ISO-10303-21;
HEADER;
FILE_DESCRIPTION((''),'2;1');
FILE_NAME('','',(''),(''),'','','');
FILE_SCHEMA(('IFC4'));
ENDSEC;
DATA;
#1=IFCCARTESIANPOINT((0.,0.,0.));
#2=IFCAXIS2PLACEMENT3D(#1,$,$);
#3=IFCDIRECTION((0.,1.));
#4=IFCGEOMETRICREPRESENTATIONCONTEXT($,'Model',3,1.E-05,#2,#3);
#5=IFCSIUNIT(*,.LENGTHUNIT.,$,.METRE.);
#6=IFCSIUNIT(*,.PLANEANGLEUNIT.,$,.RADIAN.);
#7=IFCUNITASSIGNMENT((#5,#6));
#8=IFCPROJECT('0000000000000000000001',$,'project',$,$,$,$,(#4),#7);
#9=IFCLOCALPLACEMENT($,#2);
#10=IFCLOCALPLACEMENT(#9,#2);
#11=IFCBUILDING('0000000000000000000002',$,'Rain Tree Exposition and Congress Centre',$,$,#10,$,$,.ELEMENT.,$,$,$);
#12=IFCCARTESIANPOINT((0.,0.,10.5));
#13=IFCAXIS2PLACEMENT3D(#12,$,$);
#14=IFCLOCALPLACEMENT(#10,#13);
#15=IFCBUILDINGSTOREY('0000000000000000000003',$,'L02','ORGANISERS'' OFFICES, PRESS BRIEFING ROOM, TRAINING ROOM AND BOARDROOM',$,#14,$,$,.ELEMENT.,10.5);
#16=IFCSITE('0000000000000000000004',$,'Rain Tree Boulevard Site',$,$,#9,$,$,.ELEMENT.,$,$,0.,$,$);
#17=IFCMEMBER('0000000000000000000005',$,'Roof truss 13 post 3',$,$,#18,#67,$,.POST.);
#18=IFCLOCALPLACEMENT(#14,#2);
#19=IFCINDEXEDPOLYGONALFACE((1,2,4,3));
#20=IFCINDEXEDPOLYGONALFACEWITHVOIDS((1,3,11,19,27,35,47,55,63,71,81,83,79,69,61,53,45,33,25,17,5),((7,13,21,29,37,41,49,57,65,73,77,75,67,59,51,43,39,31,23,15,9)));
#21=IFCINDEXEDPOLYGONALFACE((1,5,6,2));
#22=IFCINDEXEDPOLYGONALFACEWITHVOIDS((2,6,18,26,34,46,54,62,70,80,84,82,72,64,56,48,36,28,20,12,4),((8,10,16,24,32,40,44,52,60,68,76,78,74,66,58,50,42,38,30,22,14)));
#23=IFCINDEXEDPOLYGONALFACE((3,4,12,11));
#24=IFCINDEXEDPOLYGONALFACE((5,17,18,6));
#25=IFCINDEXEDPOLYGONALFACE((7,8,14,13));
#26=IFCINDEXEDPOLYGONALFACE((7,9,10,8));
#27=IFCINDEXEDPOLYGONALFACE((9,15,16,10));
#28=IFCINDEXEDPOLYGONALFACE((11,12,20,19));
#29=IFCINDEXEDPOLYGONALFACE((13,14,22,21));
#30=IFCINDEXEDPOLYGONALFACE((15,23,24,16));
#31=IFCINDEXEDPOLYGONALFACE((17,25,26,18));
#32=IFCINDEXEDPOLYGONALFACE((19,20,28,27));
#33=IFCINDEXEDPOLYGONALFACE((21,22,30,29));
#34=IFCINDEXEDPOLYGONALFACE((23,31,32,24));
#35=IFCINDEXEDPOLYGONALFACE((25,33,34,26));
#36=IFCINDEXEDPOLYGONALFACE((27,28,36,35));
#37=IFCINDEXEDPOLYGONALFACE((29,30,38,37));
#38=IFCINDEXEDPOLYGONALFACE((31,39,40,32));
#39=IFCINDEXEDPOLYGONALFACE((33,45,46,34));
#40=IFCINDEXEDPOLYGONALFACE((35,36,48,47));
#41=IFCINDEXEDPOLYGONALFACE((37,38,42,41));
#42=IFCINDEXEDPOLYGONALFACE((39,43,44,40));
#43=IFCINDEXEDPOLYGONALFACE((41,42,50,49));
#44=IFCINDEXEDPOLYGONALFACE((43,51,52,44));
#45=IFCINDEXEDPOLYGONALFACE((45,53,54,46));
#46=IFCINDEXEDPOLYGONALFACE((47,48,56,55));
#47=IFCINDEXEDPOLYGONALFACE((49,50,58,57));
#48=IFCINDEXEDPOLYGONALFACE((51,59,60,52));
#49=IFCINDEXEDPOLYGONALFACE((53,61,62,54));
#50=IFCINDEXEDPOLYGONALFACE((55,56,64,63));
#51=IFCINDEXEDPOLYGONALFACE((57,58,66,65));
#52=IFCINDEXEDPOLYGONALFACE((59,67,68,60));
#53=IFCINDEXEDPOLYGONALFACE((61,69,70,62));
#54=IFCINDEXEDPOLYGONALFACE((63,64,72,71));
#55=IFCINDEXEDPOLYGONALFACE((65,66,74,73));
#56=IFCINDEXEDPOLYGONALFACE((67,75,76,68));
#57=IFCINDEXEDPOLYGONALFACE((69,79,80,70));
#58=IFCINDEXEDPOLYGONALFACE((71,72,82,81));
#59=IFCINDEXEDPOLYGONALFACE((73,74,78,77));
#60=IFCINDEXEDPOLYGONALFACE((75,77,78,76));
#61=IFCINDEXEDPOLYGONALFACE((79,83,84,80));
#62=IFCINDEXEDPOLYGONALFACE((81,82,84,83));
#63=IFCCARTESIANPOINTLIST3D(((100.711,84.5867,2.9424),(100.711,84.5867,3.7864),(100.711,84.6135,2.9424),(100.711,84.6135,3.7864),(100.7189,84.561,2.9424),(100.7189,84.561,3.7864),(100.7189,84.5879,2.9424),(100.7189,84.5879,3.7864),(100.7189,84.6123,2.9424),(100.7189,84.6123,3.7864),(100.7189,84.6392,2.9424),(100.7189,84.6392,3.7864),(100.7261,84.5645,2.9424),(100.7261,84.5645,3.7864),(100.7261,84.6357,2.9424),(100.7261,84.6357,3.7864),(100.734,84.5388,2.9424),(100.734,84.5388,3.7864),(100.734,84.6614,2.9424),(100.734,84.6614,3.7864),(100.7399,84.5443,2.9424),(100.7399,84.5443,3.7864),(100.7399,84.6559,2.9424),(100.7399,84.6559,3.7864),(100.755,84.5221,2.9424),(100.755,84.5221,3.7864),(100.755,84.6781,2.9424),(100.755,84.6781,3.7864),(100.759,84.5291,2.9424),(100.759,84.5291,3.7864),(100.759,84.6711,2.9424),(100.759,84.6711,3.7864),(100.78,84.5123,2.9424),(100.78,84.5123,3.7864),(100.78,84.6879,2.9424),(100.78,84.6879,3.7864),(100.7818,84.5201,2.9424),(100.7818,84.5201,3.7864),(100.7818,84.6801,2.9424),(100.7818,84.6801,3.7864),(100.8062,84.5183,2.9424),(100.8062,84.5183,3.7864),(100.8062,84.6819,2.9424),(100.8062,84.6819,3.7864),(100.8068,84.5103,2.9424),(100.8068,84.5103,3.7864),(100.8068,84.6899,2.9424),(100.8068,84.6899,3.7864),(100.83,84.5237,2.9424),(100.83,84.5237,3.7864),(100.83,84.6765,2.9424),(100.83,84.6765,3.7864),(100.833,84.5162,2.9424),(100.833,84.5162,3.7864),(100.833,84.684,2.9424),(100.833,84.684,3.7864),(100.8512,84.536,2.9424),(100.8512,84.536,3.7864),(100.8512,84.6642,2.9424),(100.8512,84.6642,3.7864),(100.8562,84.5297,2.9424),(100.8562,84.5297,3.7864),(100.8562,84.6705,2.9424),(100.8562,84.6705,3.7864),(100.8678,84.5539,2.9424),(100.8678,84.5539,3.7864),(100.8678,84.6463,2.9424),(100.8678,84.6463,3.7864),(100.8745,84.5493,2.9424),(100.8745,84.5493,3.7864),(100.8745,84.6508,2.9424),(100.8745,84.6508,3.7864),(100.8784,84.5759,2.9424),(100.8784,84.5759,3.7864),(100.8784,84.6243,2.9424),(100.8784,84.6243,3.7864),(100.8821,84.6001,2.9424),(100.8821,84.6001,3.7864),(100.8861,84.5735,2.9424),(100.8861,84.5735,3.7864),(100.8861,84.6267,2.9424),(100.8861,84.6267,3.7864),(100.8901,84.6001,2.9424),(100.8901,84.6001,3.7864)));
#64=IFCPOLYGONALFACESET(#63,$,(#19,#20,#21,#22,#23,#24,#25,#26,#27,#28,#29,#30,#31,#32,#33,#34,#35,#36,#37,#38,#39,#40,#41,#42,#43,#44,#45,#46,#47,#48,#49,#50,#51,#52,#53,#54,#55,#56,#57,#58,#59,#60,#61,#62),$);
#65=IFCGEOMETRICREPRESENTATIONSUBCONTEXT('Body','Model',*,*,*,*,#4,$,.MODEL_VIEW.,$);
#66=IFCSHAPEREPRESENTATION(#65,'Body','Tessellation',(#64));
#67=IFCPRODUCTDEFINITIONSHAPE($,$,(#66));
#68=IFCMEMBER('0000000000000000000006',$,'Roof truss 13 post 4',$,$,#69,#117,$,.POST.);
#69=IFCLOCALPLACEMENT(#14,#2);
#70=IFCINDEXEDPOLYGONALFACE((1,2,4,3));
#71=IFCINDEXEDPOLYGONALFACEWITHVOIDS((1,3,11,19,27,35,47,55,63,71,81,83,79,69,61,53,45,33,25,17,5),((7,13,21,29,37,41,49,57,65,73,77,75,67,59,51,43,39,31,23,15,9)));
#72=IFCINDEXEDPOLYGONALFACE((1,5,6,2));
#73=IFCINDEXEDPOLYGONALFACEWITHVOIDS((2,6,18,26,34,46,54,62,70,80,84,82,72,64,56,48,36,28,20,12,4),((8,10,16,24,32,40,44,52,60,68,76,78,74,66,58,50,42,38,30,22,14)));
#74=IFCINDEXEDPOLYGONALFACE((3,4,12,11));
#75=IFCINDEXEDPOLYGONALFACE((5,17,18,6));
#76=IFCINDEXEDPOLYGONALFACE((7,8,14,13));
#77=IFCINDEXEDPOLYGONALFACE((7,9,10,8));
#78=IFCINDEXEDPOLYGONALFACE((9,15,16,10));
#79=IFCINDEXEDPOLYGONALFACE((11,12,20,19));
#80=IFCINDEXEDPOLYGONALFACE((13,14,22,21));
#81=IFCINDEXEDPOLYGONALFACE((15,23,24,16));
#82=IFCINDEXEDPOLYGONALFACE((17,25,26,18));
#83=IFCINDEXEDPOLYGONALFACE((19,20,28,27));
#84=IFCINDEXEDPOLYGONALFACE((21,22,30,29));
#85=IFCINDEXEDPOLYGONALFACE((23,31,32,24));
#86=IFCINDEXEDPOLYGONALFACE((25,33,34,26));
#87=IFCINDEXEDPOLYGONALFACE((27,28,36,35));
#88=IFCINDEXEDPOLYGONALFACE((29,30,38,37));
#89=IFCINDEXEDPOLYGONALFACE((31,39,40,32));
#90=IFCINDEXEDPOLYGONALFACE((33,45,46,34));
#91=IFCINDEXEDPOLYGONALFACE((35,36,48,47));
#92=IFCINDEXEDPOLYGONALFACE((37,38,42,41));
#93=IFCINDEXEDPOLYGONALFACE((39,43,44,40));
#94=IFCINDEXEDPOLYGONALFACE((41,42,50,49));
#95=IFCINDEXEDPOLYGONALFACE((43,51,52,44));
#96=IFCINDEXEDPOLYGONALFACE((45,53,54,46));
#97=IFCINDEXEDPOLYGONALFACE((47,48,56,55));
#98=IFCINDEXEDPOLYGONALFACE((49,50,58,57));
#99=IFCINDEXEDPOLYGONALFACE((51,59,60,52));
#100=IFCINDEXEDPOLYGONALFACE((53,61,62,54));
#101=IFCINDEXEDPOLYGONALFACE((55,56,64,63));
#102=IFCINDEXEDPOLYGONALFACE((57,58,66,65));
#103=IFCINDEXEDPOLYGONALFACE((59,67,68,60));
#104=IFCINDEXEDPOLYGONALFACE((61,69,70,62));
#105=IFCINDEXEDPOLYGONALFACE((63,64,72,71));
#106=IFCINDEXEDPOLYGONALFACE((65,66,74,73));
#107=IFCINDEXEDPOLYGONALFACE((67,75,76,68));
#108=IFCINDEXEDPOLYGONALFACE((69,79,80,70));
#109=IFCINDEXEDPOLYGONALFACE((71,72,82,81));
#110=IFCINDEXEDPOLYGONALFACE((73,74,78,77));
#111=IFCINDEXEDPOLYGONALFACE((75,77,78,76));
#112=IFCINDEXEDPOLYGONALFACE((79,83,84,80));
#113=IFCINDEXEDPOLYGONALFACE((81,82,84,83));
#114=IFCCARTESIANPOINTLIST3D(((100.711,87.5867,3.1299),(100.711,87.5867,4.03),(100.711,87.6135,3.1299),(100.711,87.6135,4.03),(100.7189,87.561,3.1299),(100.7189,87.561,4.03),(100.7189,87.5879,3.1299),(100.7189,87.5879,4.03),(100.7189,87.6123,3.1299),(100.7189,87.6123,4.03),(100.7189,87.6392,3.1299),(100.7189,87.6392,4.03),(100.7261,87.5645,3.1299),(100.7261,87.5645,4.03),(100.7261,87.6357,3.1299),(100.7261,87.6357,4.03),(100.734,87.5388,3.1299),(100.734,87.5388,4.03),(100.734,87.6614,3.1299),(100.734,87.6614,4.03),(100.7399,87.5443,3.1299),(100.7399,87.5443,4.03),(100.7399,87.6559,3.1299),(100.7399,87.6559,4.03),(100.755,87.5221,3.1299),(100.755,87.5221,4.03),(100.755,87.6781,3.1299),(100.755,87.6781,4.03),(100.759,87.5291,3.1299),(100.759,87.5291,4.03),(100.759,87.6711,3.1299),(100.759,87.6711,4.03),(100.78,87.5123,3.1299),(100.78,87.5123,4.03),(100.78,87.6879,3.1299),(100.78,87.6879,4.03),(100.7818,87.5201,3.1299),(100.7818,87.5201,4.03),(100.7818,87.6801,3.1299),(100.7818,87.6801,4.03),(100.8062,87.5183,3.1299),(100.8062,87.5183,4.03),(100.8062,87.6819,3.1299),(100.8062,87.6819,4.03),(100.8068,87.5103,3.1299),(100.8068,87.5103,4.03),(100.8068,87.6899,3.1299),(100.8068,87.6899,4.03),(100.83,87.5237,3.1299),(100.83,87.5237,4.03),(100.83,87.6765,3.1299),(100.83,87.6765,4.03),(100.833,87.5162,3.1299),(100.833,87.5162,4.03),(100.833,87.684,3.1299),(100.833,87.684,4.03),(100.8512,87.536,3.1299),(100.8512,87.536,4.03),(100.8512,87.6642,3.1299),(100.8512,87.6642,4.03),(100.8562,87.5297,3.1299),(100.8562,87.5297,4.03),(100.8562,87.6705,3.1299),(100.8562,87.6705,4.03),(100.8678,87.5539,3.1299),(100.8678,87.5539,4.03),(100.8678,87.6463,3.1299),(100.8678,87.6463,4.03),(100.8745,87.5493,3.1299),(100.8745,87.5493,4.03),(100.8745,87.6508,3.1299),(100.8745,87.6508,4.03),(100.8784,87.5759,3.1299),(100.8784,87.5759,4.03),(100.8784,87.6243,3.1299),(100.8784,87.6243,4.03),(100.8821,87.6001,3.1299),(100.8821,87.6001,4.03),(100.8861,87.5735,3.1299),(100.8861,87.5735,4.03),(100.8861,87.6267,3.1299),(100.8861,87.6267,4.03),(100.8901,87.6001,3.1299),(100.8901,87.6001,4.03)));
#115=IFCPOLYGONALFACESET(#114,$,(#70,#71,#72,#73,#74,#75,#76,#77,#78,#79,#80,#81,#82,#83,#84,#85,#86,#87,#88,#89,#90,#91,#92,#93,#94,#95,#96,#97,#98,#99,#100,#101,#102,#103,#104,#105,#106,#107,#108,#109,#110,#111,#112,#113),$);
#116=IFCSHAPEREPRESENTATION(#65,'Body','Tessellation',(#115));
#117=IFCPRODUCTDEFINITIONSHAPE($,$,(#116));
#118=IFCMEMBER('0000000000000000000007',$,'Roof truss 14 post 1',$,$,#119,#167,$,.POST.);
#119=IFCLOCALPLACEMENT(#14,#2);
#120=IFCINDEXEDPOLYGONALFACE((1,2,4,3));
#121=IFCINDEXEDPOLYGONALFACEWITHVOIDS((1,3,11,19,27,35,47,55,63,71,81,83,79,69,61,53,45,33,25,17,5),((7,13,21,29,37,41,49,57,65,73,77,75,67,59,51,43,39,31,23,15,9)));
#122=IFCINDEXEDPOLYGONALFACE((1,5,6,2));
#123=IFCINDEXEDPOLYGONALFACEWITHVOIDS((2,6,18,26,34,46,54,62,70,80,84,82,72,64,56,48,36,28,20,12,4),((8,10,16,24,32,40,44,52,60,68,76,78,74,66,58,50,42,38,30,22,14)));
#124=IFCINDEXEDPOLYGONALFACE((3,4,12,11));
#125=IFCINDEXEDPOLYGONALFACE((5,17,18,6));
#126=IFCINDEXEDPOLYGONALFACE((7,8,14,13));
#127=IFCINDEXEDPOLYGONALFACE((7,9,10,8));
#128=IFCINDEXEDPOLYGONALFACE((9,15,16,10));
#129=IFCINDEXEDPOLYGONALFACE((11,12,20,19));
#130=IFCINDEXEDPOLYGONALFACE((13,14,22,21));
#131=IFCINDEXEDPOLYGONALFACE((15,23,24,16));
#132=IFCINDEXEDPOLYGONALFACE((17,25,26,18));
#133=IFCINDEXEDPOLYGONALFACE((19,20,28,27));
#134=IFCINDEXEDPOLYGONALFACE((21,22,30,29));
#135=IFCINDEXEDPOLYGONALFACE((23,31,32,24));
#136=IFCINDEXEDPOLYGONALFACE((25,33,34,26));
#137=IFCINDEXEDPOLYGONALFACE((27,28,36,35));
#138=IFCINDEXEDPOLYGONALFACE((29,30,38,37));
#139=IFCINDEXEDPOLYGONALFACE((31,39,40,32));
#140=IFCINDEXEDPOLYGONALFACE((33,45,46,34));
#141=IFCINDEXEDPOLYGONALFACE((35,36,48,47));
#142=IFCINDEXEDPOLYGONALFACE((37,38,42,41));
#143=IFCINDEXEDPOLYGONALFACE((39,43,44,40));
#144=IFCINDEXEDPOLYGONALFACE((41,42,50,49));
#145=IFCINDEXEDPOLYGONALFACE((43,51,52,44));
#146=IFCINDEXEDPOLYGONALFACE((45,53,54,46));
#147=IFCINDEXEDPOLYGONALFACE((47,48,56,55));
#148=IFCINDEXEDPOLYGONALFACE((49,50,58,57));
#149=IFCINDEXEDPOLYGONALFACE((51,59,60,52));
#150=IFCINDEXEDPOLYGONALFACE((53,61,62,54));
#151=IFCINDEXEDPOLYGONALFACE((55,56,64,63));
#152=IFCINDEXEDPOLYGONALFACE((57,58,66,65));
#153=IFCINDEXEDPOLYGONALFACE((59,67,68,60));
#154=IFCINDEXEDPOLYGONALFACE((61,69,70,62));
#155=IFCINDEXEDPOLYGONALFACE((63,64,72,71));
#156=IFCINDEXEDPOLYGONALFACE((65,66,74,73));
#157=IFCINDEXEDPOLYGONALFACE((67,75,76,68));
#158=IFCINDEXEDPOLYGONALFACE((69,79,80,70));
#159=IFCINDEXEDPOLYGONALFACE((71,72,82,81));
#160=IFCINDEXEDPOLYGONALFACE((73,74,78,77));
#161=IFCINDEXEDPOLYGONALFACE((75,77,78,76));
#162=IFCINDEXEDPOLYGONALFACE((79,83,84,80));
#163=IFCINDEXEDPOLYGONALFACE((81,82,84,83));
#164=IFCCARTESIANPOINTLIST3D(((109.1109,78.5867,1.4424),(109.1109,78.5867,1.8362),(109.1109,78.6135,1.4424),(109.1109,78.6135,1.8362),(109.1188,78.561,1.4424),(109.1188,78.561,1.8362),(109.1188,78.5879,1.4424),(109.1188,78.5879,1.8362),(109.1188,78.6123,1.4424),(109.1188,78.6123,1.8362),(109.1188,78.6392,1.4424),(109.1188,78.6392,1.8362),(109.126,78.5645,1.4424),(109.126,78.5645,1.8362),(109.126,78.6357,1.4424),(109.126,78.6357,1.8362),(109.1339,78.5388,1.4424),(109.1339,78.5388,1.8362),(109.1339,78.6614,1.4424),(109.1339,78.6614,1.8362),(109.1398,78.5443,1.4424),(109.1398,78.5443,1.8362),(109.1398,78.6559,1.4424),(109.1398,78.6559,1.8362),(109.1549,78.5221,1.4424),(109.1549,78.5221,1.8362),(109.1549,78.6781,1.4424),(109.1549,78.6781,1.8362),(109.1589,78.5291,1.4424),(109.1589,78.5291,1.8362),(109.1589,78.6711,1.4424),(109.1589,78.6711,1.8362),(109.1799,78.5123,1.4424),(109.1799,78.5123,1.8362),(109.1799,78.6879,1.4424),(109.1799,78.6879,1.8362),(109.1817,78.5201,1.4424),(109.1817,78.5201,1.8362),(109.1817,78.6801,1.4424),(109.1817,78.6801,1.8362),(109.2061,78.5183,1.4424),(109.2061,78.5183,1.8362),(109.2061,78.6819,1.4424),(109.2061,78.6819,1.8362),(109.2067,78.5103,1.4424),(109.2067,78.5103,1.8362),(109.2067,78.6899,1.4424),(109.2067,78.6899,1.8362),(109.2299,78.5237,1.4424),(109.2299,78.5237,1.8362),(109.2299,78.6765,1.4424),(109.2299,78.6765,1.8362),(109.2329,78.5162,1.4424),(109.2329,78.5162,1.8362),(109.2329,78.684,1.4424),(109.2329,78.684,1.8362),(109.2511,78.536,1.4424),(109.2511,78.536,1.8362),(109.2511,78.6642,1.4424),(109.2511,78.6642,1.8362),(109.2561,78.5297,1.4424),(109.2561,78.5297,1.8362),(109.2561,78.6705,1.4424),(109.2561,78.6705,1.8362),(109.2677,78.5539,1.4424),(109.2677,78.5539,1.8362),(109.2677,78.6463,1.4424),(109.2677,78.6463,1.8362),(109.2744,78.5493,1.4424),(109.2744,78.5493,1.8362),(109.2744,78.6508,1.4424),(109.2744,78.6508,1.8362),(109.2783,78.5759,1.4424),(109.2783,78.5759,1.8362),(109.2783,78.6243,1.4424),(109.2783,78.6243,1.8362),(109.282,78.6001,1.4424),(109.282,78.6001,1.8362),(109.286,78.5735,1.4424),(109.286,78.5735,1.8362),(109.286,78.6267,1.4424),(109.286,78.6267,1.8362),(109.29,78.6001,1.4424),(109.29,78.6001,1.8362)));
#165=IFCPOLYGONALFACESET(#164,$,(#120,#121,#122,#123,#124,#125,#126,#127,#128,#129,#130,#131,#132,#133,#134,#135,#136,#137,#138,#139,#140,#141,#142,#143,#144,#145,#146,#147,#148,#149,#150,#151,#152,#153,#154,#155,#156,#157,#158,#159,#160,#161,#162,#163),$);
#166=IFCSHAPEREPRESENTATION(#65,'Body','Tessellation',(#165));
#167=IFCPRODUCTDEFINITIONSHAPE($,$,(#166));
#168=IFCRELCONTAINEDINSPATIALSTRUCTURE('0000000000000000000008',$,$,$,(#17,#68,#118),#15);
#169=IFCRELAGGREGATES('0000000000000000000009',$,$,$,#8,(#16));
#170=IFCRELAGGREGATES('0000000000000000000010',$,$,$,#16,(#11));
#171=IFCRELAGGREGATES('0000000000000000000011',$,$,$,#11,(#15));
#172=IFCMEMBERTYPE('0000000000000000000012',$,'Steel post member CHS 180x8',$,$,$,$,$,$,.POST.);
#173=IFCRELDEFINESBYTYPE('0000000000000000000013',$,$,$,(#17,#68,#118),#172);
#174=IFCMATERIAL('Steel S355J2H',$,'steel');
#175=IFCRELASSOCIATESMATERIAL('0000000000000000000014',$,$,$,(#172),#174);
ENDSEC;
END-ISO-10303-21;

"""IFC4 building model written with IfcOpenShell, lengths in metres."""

from ifc_helpers import new_model, si_unit, direction, frame, origin, origin_2d, place, context, subcontext, project, spatial, hollow_circle, extrude, material, material_profile, profile_set, type_object, element, save


model = new_model("IFC4")

# Units and contexts
model_context = context("Model", 3, precision=1e-05, world=origin(), true_north=direction((0.0, 1.0)))
body_context = subcontext(model_context, "Body", "Model", "MODEL_VIEW")
ifc_project = project(units=[si_unit("LENGTHUNIT", "METRE"), si_unit("PLANEANGLEUNIT", "RADIAN")], contexts=[model_context])

# Site, building, storey
site_placement = place(None, origin())
site = spatial("IfcSite", under=ifc_project, at=site_placement, Name="Rain Tree Boulevard Site", CompositionType="ELEMENT", RefElevation=0.0)
building_placement = place(site_placement, origin())
building = spatial("IfcBuilding", under=site, at=building_placement, Name="Rain Tree Exposition and Congress Centre", CompositionType="ELEMENT")
storey_placement = place(building_placement, frame((0.0, 0.0, 10.5)))
storey = spatial("IfcBuildingStorey", under=building, at=storey_placement, Name="L02", Description="ORGANISERS' OFFICES, PRESS BRIEFING ROOM, TRAINING ROOM AND BOARDROOM", CompositionType="ELEMENT", Elevation=10.5)

# Members
ifc_material_1 = material(Name="Steel S355J2H", Category="steel")
ifc_material_profile_1 = material_profile(ifc_material_1, hollow_circle(Radius=0.0901, WallThickness=0.0081, at=origin_2d()), Name="CHS 180x8")
ifc_profile_set_1 = profile_set([ifc_material_profile_1], Name="Steel S355J2H")
member_type_1 = type_object("IfcMemberType", Name="Steel post member CHS 180x8", PredefinedType="POST", material=ifc_profile_set_1)
member_1_placement = place(storey_placement, frame((100.8, 84.6001, 2.9424), z_axis=(0.0, 0.0, 1.0), x_axis=(1.0, 0.0, 0.0)))
element("IfcMember", 1, at=member_1_placement, inside=storey, type_object=member_type_1, Name="Roof truss 13 post 3", PredefinedType="POST", context=body_context, shape_type="SweptSolid", body=[
    extrude(hollow_circle(Radius=0.0901, WallThickness=0.0081, at=origin_2d()), origin(), (0.0, 0.0, 1.0), 0.844),
])
member_2_placement = place(storey_placement, frame((100.8, 87.6001, 3.1299), z_axis=(0.0, 0.0, 1.0), x_axis=(1.0, 0.0, 0.0)))
element("IfcMember", 2, at=member_2_placement, inside=storey, type_object=member_type_1, Name="Roof truss 13 post 4", PredefinedType="POST", context=body_context, shape_type="SweptSolid", body=[
    extrude(hollow_circle(Radius=0.0901, WallThickness=0.0081, at=origin_2d()), origin(), (0.0, 0.0, 1.0), 0.9001),
])
member_3_placement = place(storey_placement, frame((109.2, 78.6001, 1.4424), z_axis=(0.0, 0.0, 1.0), x_axis=(1.0, 0.0, 0.0)))
element("IfcMember", 3, at=member_3_placement, inside=storey, type_object=member_type_1, Name="Roof truss 14 post 1", PredefinedType="POST", context=body_context, shape_type="SweptSolid", body=[
    extrude(hollow_circle(Radius=0.0901, WallThickness=0.0081, at=origin_2d()), origin(), (0.0, 0.0, 1.0), 0.3938),
])

save(model, "model.ifc")
